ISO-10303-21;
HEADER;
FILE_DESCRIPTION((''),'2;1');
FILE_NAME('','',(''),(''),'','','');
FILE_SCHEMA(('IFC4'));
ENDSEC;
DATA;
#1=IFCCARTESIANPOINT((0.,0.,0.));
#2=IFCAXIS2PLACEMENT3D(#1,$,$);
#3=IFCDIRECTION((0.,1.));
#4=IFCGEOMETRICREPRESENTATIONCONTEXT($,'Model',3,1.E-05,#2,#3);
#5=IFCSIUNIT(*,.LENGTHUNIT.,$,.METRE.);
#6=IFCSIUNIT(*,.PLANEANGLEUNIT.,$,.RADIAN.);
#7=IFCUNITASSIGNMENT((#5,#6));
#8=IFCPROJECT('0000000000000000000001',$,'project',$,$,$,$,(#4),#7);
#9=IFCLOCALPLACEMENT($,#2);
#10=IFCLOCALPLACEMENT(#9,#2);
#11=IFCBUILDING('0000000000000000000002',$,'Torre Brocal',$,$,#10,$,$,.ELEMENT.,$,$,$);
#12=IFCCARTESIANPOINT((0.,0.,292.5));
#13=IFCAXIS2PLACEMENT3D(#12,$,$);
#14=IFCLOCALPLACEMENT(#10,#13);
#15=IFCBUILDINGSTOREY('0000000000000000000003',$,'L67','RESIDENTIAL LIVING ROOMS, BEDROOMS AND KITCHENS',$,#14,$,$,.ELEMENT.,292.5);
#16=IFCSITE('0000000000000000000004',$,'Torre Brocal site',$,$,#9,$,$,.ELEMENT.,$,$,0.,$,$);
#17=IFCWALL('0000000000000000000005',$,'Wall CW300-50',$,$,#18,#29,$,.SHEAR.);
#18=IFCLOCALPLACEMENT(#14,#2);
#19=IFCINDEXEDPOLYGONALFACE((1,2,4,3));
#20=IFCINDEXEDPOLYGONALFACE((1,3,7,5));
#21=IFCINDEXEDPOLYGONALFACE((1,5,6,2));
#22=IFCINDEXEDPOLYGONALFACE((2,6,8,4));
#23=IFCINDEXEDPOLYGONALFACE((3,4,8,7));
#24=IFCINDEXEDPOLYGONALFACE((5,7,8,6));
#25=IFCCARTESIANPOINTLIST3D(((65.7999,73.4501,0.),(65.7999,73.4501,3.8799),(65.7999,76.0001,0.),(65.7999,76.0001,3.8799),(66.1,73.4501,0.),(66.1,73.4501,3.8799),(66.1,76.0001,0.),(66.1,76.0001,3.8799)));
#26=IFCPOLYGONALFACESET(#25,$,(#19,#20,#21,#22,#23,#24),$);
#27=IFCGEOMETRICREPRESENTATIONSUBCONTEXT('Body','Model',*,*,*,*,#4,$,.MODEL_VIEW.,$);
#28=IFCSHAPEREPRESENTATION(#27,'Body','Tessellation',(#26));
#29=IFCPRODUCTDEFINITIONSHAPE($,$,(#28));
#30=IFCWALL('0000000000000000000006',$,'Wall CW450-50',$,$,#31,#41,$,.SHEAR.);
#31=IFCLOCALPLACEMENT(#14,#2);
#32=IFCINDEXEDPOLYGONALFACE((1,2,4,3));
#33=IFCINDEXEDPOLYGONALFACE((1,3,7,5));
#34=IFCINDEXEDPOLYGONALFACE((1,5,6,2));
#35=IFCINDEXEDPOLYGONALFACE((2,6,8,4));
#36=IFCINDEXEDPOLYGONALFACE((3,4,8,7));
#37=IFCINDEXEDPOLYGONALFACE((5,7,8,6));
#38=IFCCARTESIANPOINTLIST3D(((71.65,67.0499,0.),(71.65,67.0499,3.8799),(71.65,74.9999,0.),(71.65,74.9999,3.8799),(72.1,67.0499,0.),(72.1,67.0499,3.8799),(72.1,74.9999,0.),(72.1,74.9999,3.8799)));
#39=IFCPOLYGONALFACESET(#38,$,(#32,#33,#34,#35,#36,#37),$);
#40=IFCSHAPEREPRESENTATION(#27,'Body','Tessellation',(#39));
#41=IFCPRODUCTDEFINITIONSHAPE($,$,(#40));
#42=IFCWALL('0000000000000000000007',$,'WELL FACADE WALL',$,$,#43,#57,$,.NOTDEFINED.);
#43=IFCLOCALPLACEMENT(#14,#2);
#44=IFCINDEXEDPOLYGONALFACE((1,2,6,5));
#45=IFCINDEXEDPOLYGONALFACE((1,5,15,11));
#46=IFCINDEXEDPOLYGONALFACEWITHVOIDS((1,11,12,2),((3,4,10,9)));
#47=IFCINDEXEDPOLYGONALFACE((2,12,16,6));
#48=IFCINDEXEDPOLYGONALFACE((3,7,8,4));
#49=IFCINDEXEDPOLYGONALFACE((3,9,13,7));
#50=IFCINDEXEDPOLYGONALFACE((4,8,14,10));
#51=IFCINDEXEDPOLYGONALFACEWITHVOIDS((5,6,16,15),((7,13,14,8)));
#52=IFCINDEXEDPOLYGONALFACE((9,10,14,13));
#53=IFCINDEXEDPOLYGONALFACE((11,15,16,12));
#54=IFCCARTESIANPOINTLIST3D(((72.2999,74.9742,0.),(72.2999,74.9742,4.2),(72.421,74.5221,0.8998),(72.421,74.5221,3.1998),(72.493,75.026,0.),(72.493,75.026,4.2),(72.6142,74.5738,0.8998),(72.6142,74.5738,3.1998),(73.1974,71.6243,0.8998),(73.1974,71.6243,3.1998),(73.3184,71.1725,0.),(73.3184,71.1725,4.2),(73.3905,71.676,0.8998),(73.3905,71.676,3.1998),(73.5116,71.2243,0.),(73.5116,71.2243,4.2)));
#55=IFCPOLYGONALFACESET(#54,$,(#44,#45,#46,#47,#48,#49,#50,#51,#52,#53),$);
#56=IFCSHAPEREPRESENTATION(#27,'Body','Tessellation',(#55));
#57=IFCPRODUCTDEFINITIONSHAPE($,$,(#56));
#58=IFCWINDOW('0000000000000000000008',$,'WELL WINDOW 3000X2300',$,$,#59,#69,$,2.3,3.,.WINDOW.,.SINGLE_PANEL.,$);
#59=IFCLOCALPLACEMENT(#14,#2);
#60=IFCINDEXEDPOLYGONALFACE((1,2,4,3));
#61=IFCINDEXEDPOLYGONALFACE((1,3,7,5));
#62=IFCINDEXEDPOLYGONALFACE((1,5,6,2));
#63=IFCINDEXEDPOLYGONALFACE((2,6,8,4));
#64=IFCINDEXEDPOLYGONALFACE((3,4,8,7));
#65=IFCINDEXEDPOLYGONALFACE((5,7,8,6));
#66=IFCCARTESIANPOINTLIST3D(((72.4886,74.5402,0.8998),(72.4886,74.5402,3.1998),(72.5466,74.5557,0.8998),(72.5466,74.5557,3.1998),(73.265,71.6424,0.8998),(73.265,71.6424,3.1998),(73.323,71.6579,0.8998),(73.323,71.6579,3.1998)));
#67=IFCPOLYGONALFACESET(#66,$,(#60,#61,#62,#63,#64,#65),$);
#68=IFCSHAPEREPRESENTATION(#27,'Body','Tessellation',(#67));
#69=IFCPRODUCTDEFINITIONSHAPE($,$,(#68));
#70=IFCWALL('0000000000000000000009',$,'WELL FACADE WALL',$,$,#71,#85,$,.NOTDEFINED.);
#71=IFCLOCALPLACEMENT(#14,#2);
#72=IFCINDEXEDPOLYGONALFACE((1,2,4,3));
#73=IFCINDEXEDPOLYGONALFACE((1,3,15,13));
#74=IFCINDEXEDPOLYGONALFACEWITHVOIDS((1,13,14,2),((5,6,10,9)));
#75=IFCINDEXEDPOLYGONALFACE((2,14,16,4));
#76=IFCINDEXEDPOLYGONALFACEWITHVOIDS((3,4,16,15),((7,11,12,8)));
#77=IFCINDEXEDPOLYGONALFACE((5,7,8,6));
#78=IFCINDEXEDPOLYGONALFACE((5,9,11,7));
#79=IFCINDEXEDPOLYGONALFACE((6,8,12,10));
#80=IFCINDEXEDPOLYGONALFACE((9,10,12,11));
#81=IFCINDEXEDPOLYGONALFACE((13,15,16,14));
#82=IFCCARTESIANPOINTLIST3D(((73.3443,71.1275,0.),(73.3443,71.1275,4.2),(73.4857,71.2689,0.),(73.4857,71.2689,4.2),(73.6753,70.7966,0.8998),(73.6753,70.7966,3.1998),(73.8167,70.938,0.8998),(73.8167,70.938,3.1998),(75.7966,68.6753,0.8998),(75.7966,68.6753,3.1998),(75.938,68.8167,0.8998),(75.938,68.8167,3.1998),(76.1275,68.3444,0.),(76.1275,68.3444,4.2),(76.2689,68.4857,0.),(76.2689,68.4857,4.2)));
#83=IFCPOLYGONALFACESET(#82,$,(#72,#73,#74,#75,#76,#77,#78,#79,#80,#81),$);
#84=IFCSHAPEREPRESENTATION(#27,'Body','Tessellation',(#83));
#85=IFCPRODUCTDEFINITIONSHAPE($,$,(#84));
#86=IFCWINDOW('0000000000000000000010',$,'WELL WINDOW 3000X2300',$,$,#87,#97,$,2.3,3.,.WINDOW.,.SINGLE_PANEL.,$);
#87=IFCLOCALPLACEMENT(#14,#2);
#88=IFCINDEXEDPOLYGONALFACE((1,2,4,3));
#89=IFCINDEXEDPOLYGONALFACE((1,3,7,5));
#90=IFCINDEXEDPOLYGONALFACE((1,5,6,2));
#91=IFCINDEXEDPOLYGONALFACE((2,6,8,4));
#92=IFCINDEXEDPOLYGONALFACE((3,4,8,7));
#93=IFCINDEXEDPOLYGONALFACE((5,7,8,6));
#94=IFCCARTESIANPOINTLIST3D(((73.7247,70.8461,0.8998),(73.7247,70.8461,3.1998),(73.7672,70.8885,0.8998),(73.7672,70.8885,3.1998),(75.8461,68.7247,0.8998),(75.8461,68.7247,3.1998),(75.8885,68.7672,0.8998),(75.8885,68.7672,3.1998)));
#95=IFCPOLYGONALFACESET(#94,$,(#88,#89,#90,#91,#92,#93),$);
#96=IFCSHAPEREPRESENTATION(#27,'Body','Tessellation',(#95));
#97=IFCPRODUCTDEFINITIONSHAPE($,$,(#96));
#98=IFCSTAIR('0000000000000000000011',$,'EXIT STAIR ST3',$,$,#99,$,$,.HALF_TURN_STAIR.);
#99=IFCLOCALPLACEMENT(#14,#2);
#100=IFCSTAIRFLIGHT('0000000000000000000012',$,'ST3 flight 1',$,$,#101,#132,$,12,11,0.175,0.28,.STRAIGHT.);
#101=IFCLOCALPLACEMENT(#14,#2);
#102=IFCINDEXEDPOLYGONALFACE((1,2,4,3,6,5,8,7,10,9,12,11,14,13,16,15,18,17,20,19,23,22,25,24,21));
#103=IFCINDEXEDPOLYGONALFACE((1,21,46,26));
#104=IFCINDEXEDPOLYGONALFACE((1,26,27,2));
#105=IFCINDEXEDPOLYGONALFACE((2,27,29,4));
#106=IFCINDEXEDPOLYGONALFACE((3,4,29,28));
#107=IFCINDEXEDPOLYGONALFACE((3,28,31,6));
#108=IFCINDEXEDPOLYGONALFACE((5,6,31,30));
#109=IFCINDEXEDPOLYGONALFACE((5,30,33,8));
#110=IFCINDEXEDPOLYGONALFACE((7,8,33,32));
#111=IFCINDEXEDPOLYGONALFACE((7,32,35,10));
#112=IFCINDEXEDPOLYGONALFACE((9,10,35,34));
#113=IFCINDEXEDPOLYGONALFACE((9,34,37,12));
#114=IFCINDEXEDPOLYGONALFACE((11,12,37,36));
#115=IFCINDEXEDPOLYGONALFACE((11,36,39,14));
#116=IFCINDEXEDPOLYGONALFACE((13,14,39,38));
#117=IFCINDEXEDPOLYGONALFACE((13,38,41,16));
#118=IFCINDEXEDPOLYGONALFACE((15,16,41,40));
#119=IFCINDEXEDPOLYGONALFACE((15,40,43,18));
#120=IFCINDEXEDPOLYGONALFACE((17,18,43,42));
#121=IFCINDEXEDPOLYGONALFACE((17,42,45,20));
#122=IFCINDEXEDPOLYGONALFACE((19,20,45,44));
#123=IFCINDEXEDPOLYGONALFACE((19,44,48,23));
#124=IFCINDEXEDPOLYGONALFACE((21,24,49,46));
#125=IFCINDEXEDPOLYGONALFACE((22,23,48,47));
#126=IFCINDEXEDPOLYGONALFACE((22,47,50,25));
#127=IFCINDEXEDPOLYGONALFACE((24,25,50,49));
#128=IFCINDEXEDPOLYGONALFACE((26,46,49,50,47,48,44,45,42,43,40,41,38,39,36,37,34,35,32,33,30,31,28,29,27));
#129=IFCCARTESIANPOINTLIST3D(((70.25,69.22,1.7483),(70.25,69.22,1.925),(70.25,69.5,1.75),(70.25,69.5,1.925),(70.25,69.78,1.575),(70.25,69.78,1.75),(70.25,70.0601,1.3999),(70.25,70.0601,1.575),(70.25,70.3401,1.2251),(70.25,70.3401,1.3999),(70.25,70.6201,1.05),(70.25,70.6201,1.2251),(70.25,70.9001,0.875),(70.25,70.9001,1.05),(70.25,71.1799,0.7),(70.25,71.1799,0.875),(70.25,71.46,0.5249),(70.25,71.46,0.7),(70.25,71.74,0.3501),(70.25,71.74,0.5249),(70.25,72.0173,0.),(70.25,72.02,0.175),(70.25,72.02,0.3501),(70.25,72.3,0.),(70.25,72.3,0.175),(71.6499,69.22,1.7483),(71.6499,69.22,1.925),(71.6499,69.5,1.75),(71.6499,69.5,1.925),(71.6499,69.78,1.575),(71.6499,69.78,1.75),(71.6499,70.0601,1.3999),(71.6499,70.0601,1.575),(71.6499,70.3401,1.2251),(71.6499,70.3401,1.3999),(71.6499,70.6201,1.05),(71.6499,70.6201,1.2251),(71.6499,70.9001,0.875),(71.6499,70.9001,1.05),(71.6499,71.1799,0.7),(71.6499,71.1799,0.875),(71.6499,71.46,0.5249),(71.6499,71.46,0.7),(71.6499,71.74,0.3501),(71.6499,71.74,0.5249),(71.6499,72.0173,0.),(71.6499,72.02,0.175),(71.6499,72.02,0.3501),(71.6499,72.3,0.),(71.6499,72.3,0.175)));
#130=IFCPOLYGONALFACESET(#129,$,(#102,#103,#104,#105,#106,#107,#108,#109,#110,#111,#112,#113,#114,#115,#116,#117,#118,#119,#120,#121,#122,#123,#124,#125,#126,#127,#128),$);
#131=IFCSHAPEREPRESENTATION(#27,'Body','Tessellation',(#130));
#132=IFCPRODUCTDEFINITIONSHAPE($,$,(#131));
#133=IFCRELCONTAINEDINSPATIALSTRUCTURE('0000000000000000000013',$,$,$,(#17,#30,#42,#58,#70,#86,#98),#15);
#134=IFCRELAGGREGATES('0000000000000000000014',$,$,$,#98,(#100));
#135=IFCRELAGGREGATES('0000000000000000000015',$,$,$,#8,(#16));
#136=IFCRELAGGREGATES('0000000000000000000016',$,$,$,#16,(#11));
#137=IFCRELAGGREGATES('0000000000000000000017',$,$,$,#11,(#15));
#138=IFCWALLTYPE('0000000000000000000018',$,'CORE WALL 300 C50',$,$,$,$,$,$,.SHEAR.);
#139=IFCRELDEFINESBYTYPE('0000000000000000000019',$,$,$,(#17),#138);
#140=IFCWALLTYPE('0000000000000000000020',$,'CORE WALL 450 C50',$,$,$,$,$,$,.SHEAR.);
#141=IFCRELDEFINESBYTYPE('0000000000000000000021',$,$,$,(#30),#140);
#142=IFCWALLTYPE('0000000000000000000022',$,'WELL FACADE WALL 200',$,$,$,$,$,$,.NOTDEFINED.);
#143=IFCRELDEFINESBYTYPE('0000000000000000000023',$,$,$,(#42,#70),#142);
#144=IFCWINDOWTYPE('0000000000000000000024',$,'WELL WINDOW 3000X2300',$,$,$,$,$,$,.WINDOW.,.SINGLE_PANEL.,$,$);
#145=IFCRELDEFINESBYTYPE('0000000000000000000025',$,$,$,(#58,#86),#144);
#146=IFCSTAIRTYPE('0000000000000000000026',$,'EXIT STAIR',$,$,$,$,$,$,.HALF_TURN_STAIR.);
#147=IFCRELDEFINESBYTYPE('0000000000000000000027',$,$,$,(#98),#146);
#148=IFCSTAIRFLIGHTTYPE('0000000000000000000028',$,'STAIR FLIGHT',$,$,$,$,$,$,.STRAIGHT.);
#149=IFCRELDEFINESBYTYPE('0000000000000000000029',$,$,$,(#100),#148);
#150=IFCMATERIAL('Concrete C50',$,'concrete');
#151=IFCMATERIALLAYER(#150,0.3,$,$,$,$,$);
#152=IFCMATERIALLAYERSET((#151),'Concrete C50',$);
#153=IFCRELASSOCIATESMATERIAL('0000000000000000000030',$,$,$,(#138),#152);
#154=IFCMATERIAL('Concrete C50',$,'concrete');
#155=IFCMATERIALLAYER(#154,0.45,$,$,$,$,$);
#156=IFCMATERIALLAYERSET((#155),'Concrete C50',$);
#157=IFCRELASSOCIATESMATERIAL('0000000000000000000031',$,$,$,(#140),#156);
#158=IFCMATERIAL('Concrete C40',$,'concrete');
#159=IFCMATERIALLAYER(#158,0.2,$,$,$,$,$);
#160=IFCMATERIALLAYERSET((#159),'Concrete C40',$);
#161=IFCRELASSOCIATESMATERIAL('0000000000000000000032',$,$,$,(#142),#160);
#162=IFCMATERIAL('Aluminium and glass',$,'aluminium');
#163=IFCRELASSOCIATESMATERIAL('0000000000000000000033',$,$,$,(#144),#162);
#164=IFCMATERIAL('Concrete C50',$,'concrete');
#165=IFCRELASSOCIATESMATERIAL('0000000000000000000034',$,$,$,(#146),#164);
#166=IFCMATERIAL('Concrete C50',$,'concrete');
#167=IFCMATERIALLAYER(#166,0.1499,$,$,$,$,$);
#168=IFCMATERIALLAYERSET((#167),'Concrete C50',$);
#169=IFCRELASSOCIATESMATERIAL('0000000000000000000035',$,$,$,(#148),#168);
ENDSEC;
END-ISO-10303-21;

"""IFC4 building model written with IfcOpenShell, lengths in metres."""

from ifc_helpers import new_model, si_unit, direction, frame, frame_2d, origin, place, context, subcontext, project, spatial, polyline, rectangle, outline, extrude, material, layer, layer_set, type_object, element, fill, aggregate, save


model = new_model("IFC4")

# Units and contexts
model_context = context("Model", 3, precision=1e-05, world=origin(), true_north=direction((0.0, 1.0)))
body_context = subcontext(model_context, "Body", "Model", "MODEL_VIEW")
ifc_project = project(units=[si_unit("LENGTHUNIT", "METRE"), si_unit("PLANEANGLEUNIT", "RADIAN")], contexts=[model_context])

# Site, building, storey
site_placement = place(None, origin())
site = spatial("IfcSite", under=ifc_project, at=site_placement, Name="Torre Brocal site", CompositionType="ELEMENT", RefElevation=0.0)
building_placement = place(site_placement, origin())
building = spatial("IfcBuilding", under=site, at=building_placement, Name="Torre Brocal", CompositionType="ELEMENT")
storey_placement = place(building_placement, frame((0.0, 0.0, 292.5)))
storey = spatial("IfcBuildingStorey", under=building, at=storey_placement, Name="L67", Description="RESIDENTIAL LIVING ROOMS, BEDROOMS AND KITCHENS", CompositionType="ELEMENT", Elevation=292.5)

# Shared definitions
ifc_material_1 = material(Name="Concrete C50", Category="concrete")
ifc_layer_1 = layer(ifc_material_1, 0.3)
ifc_layer_set_1 = layer_set([ifc_layer_1], Name="Concrete C50")
wall_type_1 = type_object("IfcWallType", Name="CORE WALL 300 C50", PredefinedType="SHEAR", material=ifc_layer_set_1)

# Walls
wall_1_placement = place(storey_placement, frame((65.95, 76.0, 0.0), z_axis=(0.0, 0.0, 1.0), x_axis=(0.0, -1.0, 0.0)))
element("IfcWall", 1, at=wall_1_placement, inside=storey, type_object=wall_type_1, Name="Wall CW300-50", PredefinedType="SHEAR", context=body_context, shape_type="SweptSolid", body=[
    extrude(rectangle(XDim=2.55, YDim=0.3, at=frame_2d((1.2749, 0.0))), origin(), (0.0, 0.0, 1.0), 3.8799),
])
ifc_material_2 = material(Name="Concrete C50", Category="concrete")
ifc_layer_2 = layer(ifc_material_2, 0.45)
ifc_layer_set_2 = layer_set([ifc_layer_2], Name="Concrete C50")
wall_type_2 = type_object("IfcWallType", Name="CORE WALL 450 C50", PredefinedType="SHEAR", material=ifc_layer_set_2)
wall_2_placement = place(storey_placement, frame((71.875, 75.0, 0.0), z_axis=(0.0, 0.0, 1.0), x_axis=(0.0, -1.0, 0.0)))
element("IfcWall", 2, at=wall_2_placement, inside=storey, type_object=wall_type_2, Name="Wall CW450-50", PredefinedType="SHEAR", context=body_context, shape_type="SweptSolid", body=[
    extrude(rectangle(XDim=7.95, YDim=0.45, at=frame_2d((3.9751, 0.0))), origin(), (0.0, 0.0, 1.0), 3.8799),
])

# Walls, openings, windows
ifc_material_3 = material(Name="Concrete C40", Category="concrete")
ifc_layer_3 = layer(ifc_material_3, 0.2)
ifc_layer_set_3 = layer_set([ifc_layer_3], Name="Concrete C40")
wall_type_3 = type_object("IfcWallType", Name="WELL FACADE WALL 200", PredefinedType="NOTDEFINED", material=ifc_layer_set_3)
wall_3_placement = place(storey_placement, frame((72.3965, 75.0, 0.0), z_axis=(0.0, 0.0, 1.0), x_axis=(0.25879, -0.965934, 0.0)))
wall_3 = element("IfcWall", 3, at=wall_3_placement, inside=storey, type_object=wall_type_3, Name="WELL FACADE WALL", PredefinedType="NOTDEFINED", context=body_context, shape_type="SweptSolid", body=[
    extrude(rectangle(XDim=3.9358, YDim=0.2, at=frame_2d((1.9678, 0.0))), origin(), (0.0, 0.0, 1.0), 4.2),
])
opening_1_placement = place(wall_3_placement, frame((0.468, 0.0, 0.8999)))
opening_1 = element("IfcOpeningElement", 4, at=opening_1_placement, cuts=wall_3, PredefinedType="OPENING", context=body_context, shape_type="SweptSolid", body=[
    extrude(rectangle(XDim=3.0, YDim=2.3, at=frame_2d((1.5, 1.1499))), frame((0.0, 0.1099, 0.0), z_axis=(0.0, -1.0, 0.0), x_axis=(1.0, 0.0, 0.0)), (0.0, 0.0, 1.0), 0.22),
])
ifc_material_4 = material(Name="Aluminium and glass", Category="aluminium")
window_type = type_object("IfcWindowType", Name="WELL WINDOW 3000X2300", PartitioningType="SINGLE_PANEL", PredefinedType="WINDOW", material=ifc_material_4)
window_1_placement = place(opening_1_placement, origin())
window_1 = element("IfcWindow", 5, at=window_1_placement, inside=storey, type_object=window_type, Name="WELL WINDOW 3000X2300", OverallHeight=2.3, OverallWidth=3.0, PartitioningType="SINGLE_PANEL", PredefinedType="WINDOW", context=body_context, shape_type="SweptSolid", body=[
    extrude(rectangle(XDim=3.0, YDim=2.3, at=frame_2d((1.5, 1.1499))), frame((0.0, 0.03, 0.0), z_axis=(0.0, -1.0, 0.0), x_axis=(1.0, 0.0, 0.0)), (0.0, 0.0, 1.0), 0.0601),
])
fill(opening_1, window_1)
wall_4_placement = place(storey_placement, frame((73.415, 71.1982, 0.0), z_axis=(0.0, 0.0, 1.0), x_axis=(0.707107, -0.707107, 0.0)))
wall_4 = element("IfcWall", 6, at=wall_4_placement, inside=storey, type_object=wall_type_3, Name="WELL FACADE WALL", PredefinedType="NOTDEFINED", context=body_context, shape_type="SweptSolid", body=[
    extrude(rectangle(XDim=3.936, YDim=0.2, at=frame_2d((1.968, 0.0))), origin(), (0.0, 0.0, 1.0), 4.2),
])
opening_2_placement = place(wall_4_placement, frame((0.468, 0.0, 0.8999)))
opening_2 = element("IfcOpeningElement", 7, at=opening_2_placement, cuts=wall_4, PredefinedType="OPENING", context=body_context, shape_type="SweptSolid", body=[
    extrude(rectangle(XDim=3.0, YDim=2.3, at=frame_2d((1.5, 1.1499))), frame((0.0, 0.1099, 0.0), z_axis=(0.0, -1.0, 0.0), x_axis=(1.0, 0.0, 0.0)), (0.0, 0.0, 1.0), 0.22),
])
window_2_placement = place(opening_2_placement, origin())
window_2 = element("IfcWindow", 8, at=window_2_placement, inside=storey, type_object=window_type, Name="WELL WINDOW 3000X2300", OverallHeight=2.3, OverallWidth=3.0, PartitioningType="SINGLE_PANEL", PredefinedType="WINDOW", context=body_context, shape_type="SweptSolid", body=[
    extrude(rectangle(XDim=3.0, YDim=2.3, at=frame_2d((1.5, 1.1499))), frame((0.0, 0.03, 0.0), z_axis=(0.0, -1.0, 0.0), x_axis=(1.0, 0.0, 0.0)), (0.0, 0.0, 1.0), 0.0601),
])
fill(opening_2, window_2)

# Stair, stair flight
ifc_material_5 = material(Name="Concrete C50", Category="concrete")
stair_type = type_object("IfcStairType", Name="EXIT STAIR", PredefinedType="HALF_TURN_STAIR", material=ifc_material_5)
stair_placement = place(storey_placement, origin())
stair = element("IfcStair", 9, at=stair_placement, inside=storey, type_object=stair_type, Name="EXIT STAIR ST3", PredefinedType="HALF_TURN_STAIR")
ifc_material_6 = material(Name="Concrete C50", Category="concrete")
ifc_layer_4 = layer(ifc_material_6, 0.1499)
ifc_layer_set_4 = layer_set([ifc_layer_4], Name="Concrete C50")
stair_flight_type = type_object("IfcStairFlightType", Name="STAIR FLIGHT", PredefinedType="STRAIGHT", material=ifc_layer_set_4)
stair_flight_placement = place(storey_placement, frame((70.95, 72.3, 0.0), z_axis=(0.0, 0.0, 1.0), x_axis=(0.0, -1.0, 0.0)))
stair_flight = element("IfcStairFlight", 10, at=stair_flight_placement, type_object=stair_flight_type, Name="ST3 flight 1", NumberOfRisers=12, NumberOfTreads=11, PredefinedType="STRAIGHT", RiserHeight=0.175, TreadLength=0.28, context=body_context, shape_type="SweptSolid", body=[
    extrude(outline(polyline([(0.0, 0.0), (0.0, 0.175), (0.28, 0.175), (0.28, 0.3501), (0.5601, 0.3501), (0.5601, 0.5249), (0.8401, 0.5249), (0.8401, 0.7), (1.1201, 0.7), (1.1201, 0.875), (1.3999, 0.875), (1.3999, 1.05), (1.6799, 1.05), (1.6799, 1.2251), (1.96, 1.2251), (1.96, 1.3999), (2.24, 1.3999), (2.24, 1.575), (2.52, 1.575), (2.52, 1.75), (2.8, 1.75), (2.8, 1.925), (3.0801, 1.925), (3.0801, 2.1001), (3.0801, 1.7483), (0.2827, 0.0), (0.0, 0.0)])), frame((0.0, 0.7, 0.0), z_axis=(0.0, -1.0, 0.0), x_axis=(1.0, 0.0, 0.0)), (0.0, 0.0, 1.0), 1.3999),
])
aggregate(stair, [stair_flight])

save(model, "model.ifc")
